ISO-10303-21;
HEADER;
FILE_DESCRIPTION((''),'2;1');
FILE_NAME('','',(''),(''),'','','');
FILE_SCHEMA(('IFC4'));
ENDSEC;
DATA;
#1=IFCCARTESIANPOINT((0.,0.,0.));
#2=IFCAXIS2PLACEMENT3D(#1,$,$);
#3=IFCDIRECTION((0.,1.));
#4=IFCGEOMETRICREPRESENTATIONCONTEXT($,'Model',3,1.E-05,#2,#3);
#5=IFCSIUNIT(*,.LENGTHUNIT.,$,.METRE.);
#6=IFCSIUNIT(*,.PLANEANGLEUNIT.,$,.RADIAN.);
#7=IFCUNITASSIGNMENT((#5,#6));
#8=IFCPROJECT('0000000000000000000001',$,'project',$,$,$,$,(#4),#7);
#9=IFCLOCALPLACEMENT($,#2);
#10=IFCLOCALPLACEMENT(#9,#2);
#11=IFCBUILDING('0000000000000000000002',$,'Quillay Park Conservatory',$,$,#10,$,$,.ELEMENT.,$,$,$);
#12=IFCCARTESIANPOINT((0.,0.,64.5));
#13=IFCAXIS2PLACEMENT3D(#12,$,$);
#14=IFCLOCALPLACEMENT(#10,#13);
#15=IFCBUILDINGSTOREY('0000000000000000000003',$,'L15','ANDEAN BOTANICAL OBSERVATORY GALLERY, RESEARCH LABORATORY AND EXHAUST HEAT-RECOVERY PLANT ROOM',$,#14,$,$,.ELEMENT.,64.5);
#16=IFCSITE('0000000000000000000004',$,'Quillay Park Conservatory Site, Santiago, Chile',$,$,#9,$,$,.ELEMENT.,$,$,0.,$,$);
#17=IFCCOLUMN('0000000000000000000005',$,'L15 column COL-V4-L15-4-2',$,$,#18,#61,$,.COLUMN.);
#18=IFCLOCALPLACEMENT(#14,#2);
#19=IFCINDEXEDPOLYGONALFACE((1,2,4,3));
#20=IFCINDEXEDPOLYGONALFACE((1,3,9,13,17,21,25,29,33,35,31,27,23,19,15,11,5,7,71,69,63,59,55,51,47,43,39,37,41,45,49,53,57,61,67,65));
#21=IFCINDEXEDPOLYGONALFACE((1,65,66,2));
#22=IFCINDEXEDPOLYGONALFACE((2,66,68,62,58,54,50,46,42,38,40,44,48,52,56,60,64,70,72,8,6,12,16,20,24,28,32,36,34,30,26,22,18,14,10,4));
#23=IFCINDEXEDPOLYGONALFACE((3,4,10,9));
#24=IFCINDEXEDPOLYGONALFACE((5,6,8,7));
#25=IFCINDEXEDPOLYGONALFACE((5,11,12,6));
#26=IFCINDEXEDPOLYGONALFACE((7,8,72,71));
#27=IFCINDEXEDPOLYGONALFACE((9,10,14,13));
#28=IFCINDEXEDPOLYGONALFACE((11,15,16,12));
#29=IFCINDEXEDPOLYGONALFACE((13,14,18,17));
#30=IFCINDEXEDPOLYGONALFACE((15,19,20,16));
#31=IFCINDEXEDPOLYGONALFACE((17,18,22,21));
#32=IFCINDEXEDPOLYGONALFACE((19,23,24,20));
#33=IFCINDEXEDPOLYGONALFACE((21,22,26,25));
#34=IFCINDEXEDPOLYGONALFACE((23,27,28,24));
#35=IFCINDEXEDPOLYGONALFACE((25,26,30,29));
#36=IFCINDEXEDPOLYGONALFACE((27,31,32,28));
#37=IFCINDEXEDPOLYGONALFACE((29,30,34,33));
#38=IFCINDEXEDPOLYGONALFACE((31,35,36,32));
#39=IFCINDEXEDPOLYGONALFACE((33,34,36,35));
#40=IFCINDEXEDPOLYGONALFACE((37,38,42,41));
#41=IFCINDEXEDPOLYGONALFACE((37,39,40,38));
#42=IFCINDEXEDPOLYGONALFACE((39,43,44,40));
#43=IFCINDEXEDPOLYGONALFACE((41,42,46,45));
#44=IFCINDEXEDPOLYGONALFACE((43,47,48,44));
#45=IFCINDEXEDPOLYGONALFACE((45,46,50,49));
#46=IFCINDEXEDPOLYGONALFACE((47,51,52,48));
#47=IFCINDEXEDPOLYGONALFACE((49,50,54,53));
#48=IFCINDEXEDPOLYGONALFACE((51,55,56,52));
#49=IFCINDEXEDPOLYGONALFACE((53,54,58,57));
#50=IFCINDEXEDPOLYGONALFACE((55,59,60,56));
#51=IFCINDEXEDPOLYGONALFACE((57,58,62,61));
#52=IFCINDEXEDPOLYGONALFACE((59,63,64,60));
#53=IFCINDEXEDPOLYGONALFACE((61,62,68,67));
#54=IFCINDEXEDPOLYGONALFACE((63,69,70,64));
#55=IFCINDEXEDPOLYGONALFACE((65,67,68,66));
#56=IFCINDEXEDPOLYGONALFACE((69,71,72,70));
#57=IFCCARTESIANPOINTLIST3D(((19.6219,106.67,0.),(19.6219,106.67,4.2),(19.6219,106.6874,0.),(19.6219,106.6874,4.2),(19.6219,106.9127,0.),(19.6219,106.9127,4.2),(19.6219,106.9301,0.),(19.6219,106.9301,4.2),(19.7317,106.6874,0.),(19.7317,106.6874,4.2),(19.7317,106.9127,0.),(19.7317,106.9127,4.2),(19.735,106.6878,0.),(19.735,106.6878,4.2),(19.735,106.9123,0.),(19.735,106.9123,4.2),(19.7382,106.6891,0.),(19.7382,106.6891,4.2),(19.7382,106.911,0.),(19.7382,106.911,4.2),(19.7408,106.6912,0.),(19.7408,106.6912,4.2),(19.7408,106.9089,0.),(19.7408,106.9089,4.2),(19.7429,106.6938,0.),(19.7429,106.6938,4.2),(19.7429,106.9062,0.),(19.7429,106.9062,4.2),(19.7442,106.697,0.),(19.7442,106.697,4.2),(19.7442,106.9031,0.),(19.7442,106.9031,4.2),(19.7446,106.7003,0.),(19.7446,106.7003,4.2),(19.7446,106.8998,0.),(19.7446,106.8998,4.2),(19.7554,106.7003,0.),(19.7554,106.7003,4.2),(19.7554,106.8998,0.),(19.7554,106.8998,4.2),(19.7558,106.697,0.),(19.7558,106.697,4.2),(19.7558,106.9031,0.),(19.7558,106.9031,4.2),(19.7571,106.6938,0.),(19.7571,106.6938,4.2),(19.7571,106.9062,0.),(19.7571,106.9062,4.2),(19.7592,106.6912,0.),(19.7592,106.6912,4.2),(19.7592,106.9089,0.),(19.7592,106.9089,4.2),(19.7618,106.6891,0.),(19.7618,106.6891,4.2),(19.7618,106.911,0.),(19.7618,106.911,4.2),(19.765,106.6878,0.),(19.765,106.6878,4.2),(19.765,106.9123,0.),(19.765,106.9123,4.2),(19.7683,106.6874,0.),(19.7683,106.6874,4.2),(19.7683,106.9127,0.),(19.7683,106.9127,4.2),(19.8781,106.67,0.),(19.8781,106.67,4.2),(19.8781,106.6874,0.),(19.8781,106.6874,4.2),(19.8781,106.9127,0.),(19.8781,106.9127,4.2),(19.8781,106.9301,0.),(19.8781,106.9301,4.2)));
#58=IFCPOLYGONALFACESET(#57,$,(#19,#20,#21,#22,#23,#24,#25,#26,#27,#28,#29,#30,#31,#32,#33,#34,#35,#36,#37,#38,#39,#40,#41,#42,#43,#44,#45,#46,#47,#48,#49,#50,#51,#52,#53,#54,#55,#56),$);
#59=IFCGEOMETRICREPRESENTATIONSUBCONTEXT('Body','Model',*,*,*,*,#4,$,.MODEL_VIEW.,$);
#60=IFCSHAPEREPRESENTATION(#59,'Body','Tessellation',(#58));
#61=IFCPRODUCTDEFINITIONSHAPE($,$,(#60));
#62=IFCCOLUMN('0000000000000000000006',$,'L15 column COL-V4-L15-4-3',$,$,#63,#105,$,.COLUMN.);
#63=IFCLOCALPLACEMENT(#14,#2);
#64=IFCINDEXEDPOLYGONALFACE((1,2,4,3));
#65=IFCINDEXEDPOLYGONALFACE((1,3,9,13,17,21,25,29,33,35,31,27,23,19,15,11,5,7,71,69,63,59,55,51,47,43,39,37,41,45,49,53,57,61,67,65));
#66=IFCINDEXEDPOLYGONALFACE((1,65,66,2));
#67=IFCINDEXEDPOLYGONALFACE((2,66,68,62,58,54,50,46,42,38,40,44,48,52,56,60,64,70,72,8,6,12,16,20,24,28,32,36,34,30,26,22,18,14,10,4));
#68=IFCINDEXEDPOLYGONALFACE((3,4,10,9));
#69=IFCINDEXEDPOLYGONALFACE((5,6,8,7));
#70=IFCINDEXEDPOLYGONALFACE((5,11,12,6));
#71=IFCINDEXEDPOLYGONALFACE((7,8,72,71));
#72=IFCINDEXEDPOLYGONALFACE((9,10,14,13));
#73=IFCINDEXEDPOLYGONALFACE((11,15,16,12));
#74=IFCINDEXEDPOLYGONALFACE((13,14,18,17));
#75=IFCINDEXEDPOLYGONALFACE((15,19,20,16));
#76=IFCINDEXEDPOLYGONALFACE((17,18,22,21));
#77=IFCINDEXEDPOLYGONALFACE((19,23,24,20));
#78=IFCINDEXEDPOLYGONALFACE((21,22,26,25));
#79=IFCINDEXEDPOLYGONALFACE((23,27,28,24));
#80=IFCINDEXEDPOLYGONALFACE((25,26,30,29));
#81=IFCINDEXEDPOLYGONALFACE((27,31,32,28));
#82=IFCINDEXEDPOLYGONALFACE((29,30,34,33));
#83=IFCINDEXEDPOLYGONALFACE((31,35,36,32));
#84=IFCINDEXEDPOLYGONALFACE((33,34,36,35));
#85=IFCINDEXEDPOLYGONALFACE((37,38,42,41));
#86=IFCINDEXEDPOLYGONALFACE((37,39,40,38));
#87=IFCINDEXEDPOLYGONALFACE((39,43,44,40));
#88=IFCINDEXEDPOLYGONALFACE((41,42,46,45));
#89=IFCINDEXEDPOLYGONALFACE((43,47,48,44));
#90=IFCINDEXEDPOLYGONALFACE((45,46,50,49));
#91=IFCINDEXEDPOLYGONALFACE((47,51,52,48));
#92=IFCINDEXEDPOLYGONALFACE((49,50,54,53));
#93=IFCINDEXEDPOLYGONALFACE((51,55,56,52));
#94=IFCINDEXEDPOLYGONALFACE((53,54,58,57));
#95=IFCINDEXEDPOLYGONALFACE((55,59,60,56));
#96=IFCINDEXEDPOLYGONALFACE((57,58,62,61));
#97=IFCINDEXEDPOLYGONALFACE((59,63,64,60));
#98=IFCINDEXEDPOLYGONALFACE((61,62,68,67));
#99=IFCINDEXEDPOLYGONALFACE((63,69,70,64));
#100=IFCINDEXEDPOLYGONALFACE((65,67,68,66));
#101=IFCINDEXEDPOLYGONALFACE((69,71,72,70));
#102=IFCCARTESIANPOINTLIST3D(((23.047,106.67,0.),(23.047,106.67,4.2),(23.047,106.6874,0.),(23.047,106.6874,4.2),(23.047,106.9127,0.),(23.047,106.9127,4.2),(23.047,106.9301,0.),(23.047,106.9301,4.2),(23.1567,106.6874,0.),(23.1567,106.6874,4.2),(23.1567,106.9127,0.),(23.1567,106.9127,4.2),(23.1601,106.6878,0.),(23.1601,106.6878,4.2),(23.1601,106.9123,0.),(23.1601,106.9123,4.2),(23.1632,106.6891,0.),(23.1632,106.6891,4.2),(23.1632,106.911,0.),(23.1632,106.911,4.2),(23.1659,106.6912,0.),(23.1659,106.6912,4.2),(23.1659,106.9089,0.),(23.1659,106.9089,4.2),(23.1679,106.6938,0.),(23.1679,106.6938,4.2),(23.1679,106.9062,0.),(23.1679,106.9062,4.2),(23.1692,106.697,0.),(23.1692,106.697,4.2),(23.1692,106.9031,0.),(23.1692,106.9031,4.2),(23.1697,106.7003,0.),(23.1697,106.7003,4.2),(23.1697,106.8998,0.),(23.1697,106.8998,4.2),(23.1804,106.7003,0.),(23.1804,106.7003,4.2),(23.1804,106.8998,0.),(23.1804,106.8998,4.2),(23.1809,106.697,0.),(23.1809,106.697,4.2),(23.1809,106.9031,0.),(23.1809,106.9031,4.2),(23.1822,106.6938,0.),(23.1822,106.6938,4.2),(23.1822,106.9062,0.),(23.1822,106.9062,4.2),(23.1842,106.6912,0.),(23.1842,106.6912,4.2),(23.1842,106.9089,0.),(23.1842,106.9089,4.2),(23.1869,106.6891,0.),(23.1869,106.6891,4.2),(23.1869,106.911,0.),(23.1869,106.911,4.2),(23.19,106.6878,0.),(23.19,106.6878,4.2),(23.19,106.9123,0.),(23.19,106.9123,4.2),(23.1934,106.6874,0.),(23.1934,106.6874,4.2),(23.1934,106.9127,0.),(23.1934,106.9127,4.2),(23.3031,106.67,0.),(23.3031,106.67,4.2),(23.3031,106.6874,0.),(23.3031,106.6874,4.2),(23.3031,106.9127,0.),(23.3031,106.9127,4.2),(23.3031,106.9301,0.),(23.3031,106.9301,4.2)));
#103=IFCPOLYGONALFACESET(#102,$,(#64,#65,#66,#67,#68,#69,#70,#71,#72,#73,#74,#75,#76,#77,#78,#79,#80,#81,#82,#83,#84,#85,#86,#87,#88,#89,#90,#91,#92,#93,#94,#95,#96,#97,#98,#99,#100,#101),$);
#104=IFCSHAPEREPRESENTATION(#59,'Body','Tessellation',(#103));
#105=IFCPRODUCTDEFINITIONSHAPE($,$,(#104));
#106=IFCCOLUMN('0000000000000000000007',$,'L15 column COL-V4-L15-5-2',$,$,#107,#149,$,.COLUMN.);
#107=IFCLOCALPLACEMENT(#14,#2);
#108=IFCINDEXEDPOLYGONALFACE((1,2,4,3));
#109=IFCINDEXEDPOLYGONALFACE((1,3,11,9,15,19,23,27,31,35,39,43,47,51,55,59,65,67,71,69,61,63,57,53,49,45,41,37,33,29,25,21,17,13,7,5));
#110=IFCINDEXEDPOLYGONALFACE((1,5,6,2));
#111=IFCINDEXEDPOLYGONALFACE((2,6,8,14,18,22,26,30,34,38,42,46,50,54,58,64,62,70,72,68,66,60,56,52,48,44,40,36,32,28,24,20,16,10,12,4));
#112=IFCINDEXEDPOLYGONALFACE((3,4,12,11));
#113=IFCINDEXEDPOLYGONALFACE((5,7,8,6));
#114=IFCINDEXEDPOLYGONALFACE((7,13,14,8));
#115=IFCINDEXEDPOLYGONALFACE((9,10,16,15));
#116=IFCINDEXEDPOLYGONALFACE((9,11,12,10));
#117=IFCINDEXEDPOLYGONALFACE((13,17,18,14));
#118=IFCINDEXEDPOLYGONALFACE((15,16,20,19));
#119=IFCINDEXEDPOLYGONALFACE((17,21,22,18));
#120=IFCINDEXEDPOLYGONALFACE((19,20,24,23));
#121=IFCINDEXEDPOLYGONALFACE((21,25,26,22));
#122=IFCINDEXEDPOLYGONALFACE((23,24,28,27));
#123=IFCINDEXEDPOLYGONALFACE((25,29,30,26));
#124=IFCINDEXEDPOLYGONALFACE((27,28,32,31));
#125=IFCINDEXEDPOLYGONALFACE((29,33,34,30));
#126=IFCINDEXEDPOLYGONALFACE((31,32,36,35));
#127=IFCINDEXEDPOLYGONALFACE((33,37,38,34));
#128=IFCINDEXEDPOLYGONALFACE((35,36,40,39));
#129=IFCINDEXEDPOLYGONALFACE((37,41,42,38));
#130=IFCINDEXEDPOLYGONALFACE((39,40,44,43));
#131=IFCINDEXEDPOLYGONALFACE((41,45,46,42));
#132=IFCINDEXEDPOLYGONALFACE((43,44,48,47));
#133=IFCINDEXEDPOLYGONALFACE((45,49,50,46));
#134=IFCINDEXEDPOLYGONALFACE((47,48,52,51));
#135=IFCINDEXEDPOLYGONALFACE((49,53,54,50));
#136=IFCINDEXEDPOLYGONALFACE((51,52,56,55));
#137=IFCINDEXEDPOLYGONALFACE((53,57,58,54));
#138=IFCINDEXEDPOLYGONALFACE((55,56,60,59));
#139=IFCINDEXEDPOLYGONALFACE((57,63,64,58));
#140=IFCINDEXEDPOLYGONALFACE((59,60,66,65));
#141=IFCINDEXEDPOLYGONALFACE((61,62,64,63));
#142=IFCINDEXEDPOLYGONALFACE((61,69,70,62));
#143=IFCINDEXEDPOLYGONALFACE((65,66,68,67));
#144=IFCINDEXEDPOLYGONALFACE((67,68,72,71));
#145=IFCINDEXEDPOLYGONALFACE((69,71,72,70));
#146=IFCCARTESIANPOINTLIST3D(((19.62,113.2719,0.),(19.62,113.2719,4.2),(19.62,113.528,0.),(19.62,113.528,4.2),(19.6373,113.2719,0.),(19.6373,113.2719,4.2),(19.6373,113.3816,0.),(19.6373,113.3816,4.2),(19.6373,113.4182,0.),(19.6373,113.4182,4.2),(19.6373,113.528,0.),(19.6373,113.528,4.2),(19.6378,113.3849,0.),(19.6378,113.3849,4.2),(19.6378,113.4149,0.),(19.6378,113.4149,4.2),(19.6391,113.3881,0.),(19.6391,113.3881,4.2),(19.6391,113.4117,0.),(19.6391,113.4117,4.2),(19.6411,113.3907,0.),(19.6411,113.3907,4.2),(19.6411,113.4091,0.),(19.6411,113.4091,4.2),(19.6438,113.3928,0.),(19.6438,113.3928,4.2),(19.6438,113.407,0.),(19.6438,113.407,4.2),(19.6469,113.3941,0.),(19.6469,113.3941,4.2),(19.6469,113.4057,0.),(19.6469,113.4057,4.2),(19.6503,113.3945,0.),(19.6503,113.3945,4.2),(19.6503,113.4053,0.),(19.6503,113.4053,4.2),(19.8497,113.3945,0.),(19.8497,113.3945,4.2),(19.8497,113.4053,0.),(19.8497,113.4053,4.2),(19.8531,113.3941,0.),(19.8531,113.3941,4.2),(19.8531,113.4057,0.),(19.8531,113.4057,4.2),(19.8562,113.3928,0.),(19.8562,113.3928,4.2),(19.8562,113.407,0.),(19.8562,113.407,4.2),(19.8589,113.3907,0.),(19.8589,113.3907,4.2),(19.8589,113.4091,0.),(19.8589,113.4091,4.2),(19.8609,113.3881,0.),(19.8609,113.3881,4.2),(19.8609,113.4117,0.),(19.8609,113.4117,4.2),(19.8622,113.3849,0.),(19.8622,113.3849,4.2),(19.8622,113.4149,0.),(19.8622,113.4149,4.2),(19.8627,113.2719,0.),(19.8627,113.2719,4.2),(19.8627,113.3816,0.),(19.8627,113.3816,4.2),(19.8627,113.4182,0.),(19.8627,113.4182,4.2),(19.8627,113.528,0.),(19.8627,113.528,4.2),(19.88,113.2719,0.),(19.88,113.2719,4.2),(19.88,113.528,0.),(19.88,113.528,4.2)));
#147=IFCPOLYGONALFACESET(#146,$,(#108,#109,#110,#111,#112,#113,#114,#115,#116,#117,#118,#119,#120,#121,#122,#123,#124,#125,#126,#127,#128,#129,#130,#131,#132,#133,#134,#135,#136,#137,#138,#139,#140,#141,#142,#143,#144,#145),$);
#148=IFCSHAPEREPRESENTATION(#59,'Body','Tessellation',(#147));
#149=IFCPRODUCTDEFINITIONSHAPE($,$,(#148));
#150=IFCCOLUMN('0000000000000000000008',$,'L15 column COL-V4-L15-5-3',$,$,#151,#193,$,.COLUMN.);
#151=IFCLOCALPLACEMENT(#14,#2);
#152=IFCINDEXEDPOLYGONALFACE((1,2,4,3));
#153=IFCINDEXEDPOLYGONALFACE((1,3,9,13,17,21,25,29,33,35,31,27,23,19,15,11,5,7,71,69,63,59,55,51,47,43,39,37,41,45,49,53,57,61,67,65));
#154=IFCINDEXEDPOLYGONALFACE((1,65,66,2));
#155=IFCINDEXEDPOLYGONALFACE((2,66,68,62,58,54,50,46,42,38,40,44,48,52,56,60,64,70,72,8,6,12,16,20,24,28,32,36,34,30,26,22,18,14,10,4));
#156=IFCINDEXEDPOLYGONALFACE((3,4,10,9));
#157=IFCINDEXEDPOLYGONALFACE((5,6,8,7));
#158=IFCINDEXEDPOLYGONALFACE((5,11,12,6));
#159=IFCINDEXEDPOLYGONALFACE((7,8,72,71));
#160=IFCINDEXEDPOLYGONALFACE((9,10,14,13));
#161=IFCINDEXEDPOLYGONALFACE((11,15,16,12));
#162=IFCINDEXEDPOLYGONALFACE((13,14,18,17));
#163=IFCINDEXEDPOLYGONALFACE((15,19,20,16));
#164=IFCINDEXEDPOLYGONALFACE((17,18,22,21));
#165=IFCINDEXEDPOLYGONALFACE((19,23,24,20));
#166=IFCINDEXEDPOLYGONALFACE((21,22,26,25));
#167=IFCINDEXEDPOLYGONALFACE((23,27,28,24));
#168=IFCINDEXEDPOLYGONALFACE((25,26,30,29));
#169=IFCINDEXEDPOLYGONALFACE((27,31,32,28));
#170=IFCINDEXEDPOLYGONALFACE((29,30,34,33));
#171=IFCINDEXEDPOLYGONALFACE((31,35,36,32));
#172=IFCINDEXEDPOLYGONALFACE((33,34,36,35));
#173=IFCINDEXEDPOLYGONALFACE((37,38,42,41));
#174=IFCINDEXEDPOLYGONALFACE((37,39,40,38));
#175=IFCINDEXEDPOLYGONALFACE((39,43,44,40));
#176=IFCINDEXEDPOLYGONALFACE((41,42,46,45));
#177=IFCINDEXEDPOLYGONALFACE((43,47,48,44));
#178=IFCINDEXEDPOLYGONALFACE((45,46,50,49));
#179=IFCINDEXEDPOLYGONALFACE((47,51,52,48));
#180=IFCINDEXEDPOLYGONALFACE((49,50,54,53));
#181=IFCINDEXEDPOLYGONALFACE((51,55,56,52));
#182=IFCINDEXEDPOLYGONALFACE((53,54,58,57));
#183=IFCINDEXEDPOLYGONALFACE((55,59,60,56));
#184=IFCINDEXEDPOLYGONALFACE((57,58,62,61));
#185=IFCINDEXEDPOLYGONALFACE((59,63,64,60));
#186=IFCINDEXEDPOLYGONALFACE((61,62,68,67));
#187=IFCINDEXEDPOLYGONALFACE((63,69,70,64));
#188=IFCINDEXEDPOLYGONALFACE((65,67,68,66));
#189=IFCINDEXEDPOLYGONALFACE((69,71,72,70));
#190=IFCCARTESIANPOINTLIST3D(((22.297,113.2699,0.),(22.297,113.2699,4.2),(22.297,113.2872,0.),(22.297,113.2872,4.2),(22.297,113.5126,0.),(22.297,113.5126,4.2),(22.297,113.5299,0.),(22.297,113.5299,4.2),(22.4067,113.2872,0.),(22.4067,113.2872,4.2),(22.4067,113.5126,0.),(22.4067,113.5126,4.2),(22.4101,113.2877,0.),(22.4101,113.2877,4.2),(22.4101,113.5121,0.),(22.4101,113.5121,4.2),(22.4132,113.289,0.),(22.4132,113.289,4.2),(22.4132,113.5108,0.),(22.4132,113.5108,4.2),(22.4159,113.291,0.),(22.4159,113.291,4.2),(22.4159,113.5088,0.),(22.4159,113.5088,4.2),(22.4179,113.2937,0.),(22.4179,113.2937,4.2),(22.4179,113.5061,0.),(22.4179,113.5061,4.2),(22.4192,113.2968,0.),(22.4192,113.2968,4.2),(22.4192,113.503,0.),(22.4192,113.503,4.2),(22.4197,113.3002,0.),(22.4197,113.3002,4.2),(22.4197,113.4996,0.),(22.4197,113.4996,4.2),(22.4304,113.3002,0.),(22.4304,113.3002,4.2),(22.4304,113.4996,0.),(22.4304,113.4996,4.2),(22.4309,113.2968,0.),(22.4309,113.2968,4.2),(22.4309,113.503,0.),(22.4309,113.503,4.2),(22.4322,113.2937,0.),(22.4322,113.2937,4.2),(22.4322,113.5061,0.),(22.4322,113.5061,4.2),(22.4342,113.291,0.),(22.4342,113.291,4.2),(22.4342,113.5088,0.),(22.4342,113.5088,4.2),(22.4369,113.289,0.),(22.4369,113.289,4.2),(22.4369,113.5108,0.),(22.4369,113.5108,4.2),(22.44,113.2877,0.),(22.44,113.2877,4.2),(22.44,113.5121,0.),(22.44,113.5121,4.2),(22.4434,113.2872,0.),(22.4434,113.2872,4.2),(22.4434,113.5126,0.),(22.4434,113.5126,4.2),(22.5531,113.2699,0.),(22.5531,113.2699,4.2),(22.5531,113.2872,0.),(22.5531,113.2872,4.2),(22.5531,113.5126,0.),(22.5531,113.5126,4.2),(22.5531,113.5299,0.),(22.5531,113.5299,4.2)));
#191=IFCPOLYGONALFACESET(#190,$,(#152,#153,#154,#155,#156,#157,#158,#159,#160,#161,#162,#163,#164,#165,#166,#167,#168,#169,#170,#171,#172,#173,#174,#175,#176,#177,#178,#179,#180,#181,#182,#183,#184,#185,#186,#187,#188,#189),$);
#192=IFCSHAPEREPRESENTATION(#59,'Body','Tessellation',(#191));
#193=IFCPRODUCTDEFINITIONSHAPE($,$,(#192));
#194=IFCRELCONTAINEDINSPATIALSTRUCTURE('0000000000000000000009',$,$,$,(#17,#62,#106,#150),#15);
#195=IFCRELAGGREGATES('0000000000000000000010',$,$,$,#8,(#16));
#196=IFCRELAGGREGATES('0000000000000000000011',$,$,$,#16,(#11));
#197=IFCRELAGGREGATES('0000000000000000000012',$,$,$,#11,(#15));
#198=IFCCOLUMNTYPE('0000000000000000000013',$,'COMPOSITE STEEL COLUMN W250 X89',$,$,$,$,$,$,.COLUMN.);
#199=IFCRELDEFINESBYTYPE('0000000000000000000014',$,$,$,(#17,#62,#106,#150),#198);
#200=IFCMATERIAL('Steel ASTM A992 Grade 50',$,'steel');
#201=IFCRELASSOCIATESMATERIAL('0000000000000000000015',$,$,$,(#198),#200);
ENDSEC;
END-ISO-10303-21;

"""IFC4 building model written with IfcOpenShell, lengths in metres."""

from ifc_helpers import new_model, si_unit, direction, frame, origin, origin_2d, place, context, subcontext, project, spatial, i_section, extrude, material, material_profile, profile_set, type_object, element, save


model = new_model("IFC4")

# Units and contexts
model_context = context("Model", 3, precision=1e-05, world=origin(), true_north=direction((0.0, 1.0)))
body_context = subcontext(model_context, "Body", "Model", "MODEL_VIEW")
ifc_project = project(units=[si_unit("LENGTHUNIT", "METRE"), si_unit("PLANEANGLEUNIT", "RADIAN")], contexts=[model_context])

# Site, building, storey
site_placement = place(None, origin())
site = spatial("IfcSite", under=ifc_project, at=site_placement, Name="Quillay Park Conservatory Site, Santiago, Chile", CompositionType="ELEMENT", RefElevation=0.0)
building_placement = place(site_placement, origin())
building = spatial("IfcBuilding", under=site, at=building_placement, Name="Quillay Park Conservatory", CompositionType="ELEMENT")
storey_placement = place(building_placement, frame((0.0, 0.0, 64.5)))
storey = spatial("IfcBuildingStorey", under=building, at=storey_placement, Name="L15", Description="ANDEAN BOTANICAL OBSERVATORY GALLERY, RESEARCH LABORATORY AND EXHAUST HEAT-RECOVERY PLANT ROOM", CompositionType="ELEMENT", Elevation=64.5)

# Columns
ifc_material_1 = material(Name="Steel ASTM A992 Grade 50", Category="steel")
ifc_material_profile_1 = material_profile(ifc_material_1, i_section(OverallWidth=0.2561, OverallDepth=0.26, WebThickness=0.0107, FlangeThickness=0.0173, FilletRadius=0.0129, at=origin_2d()), Name="W250x89")
ifc_profile_set_1 = profile_set([ifc_material_profile_1], Name="Steel ASTM A992 Grade 50")
column_type = type_object("IfcColumnType", Name="COMPOSITE STEEL COLUMN W250 X89", PredefinedType="COLUMN", material=ifc_profile_set_1)
for number, where, z_axis, x_axis, name in (
    (1, (19.75, 106.8, 0.0), (0.0, 0.0, 1.0), (1.0, 0.0, 0.0), "L15 column COL-V4-L15-4-2"),
    (2, (23.175, 106.8, 0.0), (0.0, 0.0, 1.0), (1.0, 0.0, 0.0), "L15 column COL-V4-L15-4-3"),
    (3, (19.75, 113.3999, 0.0), (0.0, 0.0, 1.0), (0.0, 1.0, 0.0), "L15 column COL-V4-L15-5-2"),
    (4, (22.425, 113.3999, 0.0), (0.0, 0.0, 1.0), (1.0, 0.0, 0.0), "L15 column COL-V4-L15-5-3"),
):
    element("IfcColumn", number, at=place(storey_placement, frame(where, z_axis=z_axis, x_axis=x_axis)), inside=storey, type_object=column_type, Name=name, PredefinedType="COLUMN", context=body_context, shape_type="SweptSolid", body=[
        extrude(i_section(OverallWidth=0.2561, OverallDepth=0.26, WebThickness=0.0107, FlangeThickness=0.0173, FilletRadius=0.0129, at=origin_2d()), origin(), (0.0, 0.0, 1.0), 4.2),
    ])

save(model, "model.ifc")
